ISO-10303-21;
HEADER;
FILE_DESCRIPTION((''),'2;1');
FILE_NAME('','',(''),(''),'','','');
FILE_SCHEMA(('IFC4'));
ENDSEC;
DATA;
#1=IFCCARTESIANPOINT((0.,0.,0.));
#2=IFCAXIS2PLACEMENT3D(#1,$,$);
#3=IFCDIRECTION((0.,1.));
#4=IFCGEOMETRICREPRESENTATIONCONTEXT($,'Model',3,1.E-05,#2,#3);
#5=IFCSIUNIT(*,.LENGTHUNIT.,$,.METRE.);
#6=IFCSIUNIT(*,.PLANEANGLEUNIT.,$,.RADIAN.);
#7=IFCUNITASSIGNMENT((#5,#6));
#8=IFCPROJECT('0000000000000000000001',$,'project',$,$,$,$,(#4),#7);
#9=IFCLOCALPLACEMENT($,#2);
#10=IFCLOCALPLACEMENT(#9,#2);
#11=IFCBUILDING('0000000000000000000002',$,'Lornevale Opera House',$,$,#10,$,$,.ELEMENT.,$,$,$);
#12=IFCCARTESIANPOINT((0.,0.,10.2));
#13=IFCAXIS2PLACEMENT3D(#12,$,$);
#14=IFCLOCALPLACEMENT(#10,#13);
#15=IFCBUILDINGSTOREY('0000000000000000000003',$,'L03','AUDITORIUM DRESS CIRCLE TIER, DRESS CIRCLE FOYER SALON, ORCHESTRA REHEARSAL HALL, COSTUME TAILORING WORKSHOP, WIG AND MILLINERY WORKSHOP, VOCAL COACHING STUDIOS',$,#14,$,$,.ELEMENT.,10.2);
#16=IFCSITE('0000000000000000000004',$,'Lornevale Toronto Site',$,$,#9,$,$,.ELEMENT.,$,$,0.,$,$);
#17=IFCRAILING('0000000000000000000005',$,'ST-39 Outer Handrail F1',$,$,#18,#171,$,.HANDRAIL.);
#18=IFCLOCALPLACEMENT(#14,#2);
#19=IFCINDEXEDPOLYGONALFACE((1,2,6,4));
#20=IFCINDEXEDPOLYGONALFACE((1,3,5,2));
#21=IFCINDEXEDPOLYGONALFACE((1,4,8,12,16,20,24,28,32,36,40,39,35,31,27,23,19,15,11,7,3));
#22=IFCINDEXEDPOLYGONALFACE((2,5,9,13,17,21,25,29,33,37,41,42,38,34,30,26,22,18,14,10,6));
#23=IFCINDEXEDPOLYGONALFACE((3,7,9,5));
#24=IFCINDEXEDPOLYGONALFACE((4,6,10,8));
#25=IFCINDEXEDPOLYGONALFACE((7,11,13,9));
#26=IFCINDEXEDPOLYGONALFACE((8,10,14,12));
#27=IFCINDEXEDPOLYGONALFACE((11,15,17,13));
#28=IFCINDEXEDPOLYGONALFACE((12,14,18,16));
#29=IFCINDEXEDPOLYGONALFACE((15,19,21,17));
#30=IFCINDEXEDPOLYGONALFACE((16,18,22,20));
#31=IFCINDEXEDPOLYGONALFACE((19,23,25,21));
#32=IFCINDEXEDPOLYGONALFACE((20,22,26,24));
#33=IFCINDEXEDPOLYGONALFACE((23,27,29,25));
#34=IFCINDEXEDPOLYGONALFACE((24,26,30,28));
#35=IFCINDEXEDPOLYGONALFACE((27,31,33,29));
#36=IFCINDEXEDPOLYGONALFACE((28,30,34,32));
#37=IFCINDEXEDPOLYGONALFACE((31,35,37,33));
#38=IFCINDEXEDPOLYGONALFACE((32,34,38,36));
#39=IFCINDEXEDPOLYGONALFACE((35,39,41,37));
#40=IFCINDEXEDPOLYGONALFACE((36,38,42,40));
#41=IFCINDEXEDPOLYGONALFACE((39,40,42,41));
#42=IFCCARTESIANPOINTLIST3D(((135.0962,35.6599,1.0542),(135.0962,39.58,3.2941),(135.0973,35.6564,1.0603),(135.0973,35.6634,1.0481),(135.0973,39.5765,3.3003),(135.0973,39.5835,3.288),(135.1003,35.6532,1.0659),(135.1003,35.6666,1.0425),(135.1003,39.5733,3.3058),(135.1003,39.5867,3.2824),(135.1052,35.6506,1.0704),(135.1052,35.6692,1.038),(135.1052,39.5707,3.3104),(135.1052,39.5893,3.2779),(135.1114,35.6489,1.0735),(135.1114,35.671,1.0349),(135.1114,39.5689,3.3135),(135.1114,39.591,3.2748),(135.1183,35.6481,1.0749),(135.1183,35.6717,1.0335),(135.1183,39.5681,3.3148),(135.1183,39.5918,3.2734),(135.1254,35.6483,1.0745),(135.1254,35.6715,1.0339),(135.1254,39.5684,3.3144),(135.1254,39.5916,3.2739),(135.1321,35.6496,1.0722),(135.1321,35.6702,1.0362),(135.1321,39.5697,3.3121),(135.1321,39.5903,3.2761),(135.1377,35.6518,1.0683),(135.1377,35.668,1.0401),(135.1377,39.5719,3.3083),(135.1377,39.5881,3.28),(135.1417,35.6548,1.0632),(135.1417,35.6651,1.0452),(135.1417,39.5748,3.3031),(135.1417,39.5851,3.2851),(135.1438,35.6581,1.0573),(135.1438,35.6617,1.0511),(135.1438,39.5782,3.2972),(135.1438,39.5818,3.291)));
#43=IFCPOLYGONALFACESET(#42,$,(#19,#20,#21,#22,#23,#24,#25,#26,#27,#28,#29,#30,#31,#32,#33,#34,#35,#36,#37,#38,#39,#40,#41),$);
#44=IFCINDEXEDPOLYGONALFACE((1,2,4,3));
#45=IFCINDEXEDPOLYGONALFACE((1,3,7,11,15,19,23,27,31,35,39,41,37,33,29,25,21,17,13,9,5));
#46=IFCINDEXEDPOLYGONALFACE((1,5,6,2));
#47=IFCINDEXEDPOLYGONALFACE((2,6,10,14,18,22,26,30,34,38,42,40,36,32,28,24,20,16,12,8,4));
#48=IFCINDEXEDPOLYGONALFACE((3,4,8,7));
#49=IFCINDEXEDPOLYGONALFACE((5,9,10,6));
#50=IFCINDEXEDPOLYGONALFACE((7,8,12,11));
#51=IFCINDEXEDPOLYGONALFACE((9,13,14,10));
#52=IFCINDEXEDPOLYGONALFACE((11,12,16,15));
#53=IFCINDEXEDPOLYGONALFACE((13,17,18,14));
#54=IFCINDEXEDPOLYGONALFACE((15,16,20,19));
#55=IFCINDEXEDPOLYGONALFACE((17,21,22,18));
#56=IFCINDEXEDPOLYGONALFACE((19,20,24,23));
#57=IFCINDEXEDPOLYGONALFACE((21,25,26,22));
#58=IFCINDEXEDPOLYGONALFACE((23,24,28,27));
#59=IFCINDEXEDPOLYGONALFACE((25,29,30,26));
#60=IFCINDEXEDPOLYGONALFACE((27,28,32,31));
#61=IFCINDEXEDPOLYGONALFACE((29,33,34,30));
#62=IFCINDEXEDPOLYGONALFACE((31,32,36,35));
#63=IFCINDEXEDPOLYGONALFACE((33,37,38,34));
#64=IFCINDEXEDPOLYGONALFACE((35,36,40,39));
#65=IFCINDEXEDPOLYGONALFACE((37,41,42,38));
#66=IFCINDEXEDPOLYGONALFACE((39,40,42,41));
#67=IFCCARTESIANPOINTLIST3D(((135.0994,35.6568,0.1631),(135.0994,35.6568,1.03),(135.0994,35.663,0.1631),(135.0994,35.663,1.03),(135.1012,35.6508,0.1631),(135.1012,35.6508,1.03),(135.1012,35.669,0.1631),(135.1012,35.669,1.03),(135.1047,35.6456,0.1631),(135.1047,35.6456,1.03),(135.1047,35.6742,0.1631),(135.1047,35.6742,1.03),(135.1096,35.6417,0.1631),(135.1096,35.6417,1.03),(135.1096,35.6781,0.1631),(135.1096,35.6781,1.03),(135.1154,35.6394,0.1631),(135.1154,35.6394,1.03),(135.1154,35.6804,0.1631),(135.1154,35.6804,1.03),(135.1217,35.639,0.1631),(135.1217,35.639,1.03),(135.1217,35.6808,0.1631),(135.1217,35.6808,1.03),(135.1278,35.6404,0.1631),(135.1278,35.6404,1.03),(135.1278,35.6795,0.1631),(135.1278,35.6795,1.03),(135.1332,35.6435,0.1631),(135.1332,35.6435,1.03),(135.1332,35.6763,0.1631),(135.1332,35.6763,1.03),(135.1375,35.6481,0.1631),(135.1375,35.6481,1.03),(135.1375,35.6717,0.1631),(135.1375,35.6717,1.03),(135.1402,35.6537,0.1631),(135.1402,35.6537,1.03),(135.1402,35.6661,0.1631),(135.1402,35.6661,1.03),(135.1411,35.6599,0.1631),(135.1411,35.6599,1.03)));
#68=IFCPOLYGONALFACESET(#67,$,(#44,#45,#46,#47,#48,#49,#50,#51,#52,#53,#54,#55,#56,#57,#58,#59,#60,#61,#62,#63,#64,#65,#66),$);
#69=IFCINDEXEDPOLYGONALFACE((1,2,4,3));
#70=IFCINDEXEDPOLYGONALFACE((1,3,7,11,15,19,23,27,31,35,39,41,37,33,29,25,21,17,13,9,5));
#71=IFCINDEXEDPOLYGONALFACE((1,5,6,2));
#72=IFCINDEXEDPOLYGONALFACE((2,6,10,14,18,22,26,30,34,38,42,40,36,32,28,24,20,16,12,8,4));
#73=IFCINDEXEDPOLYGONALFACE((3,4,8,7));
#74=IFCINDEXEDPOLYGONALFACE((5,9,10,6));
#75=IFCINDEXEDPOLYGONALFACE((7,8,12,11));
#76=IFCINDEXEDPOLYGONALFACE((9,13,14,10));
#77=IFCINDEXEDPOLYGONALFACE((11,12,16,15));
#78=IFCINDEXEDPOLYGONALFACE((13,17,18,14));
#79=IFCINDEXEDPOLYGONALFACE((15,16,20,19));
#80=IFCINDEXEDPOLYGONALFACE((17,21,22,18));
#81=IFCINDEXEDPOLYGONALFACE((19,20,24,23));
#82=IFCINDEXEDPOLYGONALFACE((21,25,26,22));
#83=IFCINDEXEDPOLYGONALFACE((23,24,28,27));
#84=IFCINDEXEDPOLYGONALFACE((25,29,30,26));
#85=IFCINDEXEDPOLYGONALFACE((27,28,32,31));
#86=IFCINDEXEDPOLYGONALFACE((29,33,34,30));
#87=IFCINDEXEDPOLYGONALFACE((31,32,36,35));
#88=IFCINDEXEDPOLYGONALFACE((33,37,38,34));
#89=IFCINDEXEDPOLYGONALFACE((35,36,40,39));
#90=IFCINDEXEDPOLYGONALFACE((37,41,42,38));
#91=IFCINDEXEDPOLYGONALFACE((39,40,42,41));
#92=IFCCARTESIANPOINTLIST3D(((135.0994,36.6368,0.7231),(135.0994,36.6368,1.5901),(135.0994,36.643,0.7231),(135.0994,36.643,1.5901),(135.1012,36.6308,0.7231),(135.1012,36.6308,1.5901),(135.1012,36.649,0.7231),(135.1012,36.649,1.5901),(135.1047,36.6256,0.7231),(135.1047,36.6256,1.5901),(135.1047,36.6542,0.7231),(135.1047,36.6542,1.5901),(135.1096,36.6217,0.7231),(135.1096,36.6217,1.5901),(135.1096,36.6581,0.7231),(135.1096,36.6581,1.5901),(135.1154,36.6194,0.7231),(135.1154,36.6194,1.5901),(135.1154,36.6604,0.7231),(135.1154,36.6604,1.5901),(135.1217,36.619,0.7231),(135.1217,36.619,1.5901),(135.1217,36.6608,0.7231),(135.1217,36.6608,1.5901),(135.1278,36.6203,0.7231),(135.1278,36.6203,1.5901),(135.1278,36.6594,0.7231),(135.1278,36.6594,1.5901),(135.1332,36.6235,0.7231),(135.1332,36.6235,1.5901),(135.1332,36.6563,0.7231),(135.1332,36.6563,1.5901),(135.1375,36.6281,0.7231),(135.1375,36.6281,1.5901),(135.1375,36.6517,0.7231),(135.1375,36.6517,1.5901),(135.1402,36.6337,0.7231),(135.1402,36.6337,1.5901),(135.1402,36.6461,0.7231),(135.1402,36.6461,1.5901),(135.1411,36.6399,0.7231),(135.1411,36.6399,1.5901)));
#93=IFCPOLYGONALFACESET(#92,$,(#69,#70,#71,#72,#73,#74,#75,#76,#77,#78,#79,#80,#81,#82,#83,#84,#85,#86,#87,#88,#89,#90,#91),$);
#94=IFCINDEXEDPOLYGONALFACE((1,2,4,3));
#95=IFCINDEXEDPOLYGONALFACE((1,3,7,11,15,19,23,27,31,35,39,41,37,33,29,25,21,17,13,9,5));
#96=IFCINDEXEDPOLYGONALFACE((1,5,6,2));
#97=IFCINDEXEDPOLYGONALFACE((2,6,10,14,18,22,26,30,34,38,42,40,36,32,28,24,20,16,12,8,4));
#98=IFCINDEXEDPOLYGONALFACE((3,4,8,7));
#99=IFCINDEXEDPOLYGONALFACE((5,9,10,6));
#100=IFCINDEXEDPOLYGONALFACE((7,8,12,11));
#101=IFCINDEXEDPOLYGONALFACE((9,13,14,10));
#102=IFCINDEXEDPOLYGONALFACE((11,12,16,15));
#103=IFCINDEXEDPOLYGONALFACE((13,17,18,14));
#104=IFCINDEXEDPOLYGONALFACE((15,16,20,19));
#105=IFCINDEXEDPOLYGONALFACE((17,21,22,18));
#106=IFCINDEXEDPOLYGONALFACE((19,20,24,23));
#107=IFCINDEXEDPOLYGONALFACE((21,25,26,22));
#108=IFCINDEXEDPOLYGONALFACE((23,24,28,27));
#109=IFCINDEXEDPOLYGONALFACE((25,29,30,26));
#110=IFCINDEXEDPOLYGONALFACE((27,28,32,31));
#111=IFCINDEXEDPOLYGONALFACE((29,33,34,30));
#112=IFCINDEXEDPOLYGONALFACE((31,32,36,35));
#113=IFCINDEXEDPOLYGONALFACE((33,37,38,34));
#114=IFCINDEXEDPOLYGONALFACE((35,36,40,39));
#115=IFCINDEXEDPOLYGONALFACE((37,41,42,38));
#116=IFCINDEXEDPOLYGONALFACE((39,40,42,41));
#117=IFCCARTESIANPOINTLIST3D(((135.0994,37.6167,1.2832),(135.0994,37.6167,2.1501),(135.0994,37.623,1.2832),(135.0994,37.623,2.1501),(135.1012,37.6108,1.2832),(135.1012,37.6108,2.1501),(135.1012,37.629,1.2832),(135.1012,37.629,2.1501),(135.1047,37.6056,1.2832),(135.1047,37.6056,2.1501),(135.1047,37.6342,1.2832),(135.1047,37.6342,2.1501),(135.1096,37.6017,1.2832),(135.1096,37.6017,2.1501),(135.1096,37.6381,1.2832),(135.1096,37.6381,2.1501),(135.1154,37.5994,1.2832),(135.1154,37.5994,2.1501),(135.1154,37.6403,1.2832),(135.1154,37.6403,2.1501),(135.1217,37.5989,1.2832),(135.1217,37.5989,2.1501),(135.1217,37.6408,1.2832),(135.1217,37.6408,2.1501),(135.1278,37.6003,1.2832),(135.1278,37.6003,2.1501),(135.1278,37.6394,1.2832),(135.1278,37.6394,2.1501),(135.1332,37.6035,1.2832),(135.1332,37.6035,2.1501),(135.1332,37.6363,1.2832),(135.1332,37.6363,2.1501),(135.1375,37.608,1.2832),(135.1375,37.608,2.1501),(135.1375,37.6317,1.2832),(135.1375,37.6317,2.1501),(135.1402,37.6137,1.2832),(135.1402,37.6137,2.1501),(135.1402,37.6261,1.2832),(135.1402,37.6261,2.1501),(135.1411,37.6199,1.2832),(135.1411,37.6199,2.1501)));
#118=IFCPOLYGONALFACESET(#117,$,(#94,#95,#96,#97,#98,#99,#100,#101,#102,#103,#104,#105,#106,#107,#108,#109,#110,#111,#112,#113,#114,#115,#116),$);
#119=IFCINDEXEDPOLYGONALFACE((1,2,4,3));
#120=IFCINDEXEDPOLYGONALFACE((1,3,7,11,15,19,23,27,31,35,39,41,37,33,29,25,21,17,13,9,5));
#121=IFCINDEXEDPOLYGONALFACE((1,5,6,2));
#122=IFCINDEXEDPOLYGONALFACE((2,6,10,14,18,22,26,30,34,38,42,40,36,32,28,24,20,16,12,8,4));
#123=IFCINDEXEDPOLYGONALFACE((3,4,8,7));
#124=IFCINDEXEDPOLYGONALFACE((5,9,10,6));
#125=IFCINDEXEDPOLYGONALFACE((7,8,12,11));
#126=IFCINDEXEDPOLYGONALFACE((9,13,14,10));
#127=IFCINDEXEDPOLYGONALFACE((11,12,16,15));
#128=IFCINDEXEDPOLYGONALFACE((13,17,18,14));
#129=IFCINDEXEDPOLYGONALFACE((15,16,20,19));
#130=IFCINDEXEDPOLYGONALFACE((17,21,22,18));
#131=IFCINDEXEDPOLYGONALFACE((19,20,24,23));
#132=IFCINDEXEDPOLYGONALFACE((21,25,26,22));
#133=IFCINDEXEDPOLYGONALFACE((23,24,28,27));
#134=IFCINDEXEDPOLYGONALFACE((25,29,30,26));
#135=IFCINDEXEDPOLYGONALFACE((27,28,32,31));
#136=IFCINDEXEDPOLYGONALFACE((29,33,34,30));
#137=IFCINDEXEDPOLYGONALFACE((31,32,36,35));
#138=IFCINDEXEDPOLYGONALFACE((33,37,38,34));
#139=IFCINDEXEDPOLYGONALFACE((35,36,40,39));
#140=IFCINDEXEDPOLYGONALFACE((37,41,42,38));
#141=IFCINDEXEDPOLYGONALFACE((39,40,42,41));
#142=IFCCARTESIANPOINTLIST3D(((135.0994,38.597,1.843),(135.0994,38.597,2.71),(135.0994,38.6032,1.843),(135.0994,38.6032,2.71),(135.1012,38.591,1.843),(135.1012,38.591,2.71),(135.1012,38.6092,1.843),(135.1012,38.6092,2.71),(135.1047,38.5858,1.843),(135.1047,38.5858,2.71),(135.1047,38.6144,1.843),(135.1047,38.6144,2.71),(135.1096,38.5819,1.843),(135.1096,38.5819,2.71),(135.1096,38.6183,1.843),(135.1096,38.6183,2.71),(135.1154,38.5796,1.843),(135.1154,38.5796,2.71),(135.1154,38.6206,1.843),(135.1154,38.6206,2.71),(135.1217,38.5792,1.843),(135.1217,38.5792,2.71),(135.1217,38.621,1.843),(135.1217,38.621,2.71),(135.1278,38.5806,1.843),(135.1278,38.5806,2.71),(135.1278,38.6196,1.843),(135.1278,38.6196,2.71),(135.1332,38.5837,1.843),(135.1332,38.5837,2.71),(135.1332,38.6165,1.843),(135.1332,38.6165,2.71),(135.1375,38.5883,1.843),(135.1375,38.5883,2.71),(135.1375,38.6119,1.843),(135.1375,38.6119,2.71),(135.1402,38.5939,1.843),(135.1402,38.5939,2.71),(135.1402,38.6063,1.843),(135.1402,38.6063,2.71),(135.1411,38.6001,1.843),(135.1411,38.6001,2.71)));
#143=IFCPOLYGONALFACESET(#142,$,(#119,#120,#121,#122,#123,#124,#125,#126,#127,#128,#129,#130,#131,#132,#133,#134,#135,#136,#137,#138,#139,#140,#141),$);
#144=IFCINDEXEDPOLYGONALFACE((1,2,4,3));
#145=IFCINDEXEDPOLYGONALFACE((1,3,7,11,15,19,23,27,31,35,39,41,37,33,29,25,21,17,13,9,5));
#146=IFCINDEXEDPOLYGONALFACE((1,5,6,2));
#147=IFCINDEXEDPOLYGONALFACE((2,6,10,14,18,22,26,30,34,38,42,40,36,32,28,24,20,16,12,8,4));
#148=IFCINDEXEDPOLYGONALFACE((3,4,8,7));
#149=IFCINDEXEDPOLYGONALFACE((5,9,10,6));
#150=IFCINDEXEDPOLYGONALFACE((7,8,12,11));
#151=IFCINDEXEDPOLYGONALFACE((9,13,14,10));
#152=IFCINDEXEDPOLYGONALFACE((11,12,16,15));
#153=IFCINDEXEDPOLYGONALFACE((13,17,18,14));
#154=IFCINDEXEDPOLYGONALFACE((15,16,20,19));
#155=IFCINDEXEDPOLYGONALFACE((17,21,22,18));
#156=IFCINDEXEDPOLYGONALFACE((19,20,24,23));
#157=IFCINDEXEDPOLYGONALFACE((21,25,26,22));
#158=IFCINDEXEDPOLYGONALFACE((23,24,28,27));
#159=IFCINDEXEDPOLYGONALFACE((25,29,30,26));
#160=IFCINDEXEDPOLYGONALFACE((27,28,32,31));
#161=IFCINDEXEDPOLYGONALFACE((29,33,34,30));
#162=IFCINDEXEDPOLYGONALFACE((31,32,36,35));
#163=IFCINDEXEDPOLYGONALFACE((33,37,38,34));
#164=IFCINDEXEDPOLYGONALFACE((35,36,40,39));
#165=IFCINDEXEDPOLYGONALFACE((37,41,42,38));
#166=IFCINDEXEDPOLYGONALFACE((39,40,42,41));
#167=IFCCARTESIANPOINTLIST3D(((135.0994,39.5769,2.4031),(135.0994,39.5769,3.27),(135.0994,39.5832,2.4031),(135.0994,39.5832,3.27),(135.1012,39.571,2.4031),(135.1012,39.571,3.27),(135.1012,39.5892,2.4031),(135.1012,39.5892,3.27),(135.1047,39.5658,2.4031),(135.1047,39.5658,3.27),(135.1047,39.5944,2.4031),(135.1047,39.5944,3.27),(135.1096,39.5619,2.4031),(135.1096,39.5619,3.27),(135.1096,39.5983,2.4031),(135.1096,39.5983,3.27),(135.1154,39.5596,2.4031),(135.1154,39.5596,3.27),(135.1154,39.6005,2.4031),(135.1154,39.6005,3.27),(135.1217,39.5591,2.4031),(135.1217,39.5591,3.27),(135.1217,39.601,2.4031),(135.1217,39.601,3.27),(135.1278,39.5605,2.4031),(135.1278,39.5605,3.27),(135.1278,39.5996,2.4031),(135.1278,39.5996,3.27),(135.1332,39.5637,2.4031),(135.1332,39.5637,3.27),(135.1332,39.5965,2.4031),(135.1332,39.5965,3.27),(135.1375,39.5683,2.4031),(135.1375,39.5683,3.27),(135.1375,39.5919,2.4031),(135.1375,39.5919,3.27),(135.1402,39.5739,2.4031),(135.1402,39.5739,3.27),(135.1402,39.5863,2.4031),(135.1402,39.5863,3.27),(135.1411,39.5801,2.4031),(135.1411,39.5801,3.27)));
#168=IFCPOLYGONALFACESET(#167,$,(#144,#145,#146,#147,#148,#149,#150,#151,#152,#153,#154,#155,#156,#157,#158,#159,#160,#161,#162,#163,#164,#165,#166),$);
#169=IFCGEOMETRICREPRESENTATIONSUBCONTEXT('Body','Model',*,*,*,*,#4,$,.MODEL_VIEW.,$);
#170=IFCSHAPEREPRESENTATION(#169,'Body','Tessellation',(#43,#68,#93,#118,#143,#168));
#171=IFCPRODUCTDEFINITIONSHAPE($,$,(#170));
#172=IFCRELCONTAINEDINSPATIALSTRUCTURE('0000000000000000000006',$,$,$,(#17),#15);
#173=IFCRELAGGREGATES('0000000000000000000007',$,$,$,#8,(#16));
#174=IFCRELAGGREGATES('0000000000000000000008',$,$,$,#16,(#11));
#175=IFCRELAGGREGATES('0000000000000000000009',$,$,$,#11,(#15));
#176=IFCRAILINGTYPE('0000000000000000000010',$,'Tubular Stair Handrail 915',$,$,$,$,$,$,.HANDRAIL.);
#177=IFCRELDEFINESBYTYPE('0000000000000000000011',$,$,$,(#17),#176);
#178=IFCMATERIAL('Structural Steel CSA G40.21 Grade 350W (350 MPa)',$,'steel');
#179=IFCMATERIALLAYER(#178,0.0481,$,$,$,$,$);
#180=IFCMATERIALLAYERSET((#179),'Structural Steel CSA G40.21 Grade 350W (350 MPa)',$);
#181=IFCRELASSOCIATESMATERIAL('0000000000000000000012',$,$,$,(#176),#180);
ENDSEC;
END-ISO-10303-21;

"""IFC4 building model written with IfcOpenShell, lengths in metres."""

from ifc_helpers import new_model, si_unit, direction, frame, origin, origin_2d, place, context, subcontext, project, spatial, circle, extrude, material, layer, layer_set, type_object, element, save


model = new_model("IFC4")

# Units and contexts
model_context = context("Model", 3, precision=1e-05, world=origin(), true_north=direction((0.0, 1.0)))
body_context = subcontext(model_context, "Body", "Model", "MODEL_VIEW")
ifc_project = project(units=[si_unit("LENGTHUNIT", "METRE"), si_unit("PLANEANGLEUNIT", "RADIAN")], contexts=[model_context])

# Site, building, storey
site_placement = place(None, origin())
site = spatial("IfcSite", under=ifc_project, at=site_placement, Name="Lornevale Toronto Site", CompositionType="ELEMENT", RefElevation=0.0)
building_placement = place(site_placement, origin())
building = spatial("IfcBuilding", under=site, at=building_placement, Name="Lornevale Opera House", CompositionType="ELEMENT")
storey_placement = place(building_placement, frame((0.0, 0.0, 10.2)))
storey = spatial("IfcBuildingStorey", under=building, at=storey_placement, Name="L03", Description="AUDITORIUM DRESS CIRCLE TIER, DRESS CIRCLE FOYER SALON, ORCHESTRA REHEARSAL HALL, COSTUME TAILORING WORKSHOP, WIG AND MILLINERY WORKSHOP, VOCAL COACHING STUDIOS", CompositionType="ELEMENT", Elevation=10.2)

# Shared definitions
ifc_material_1 = material(Name="Structural Steel CSA G40.21 Grade 350W (350 MPa)", Category="steel")

# Railing
ifc_layer_1 = layer(ifc_material_1, 0.0481)
ifc_layer_set_1 = layer_set([ifc_layer_1], Name="Structural Steel CSA G40.21 Grade 350W (350 MPa)")
railing_type_1 = type_object("IfcRailingType", Name="Tubular Stair Handrail 915", PredefinedType="HANDRAIL", material=ifc_layer_set_1)
railing_1_placement = place(storey_placement, frame((135.1201, 35.6599, 0.1631)))
element("IfcRailing", 1, at=railing_1_placement, inside=storey, type_object=railing_type_1, Name="ST-39 Outer Handrail F1", PredefinedType="HANDRAIL", context=body_context, shape_type="SweptSolid", body=[
    extrude(circle(Radius=0.0239, at=origin_2d()), frame((0.0, 0.0, 0.8911), z_axis=(0.0, 0.868253, 0.496121), x_axis=(-1.0, 0.0, 0.0)), (0.0, 0.0, 1.0), 4.5149),
    extrude(circle(Radius=0.021, at=origin_2d()), origin(), (0.0, 0.0, 1.0), 0.8669),
    extrude(circle(Radius=0.021, at=origin_2d()), frame((0.0, 0.98, 0.5601)), (0.0, 0.0, 1.0), 0.8669),
    extrude(circle(Radius=0.021, at=origin_2d()), frame((0.0, 1.96, 1.1201)), (0.0, 0.0, 1.0), 0.8669),
    extrude(circle(Radius=0.021, at=origin_2d()), frame((0.0, 2.9402, 1.6799)), (0.0, 0.0, 1.0), 0.8669),
    extrude(circle(Radius=0.021, at=origin_2d()), frame((0.0, 3.9202, 2.24)), (0.0, 0.0, 1.0), 0.8669),
])

save(model, "model.ifc")
